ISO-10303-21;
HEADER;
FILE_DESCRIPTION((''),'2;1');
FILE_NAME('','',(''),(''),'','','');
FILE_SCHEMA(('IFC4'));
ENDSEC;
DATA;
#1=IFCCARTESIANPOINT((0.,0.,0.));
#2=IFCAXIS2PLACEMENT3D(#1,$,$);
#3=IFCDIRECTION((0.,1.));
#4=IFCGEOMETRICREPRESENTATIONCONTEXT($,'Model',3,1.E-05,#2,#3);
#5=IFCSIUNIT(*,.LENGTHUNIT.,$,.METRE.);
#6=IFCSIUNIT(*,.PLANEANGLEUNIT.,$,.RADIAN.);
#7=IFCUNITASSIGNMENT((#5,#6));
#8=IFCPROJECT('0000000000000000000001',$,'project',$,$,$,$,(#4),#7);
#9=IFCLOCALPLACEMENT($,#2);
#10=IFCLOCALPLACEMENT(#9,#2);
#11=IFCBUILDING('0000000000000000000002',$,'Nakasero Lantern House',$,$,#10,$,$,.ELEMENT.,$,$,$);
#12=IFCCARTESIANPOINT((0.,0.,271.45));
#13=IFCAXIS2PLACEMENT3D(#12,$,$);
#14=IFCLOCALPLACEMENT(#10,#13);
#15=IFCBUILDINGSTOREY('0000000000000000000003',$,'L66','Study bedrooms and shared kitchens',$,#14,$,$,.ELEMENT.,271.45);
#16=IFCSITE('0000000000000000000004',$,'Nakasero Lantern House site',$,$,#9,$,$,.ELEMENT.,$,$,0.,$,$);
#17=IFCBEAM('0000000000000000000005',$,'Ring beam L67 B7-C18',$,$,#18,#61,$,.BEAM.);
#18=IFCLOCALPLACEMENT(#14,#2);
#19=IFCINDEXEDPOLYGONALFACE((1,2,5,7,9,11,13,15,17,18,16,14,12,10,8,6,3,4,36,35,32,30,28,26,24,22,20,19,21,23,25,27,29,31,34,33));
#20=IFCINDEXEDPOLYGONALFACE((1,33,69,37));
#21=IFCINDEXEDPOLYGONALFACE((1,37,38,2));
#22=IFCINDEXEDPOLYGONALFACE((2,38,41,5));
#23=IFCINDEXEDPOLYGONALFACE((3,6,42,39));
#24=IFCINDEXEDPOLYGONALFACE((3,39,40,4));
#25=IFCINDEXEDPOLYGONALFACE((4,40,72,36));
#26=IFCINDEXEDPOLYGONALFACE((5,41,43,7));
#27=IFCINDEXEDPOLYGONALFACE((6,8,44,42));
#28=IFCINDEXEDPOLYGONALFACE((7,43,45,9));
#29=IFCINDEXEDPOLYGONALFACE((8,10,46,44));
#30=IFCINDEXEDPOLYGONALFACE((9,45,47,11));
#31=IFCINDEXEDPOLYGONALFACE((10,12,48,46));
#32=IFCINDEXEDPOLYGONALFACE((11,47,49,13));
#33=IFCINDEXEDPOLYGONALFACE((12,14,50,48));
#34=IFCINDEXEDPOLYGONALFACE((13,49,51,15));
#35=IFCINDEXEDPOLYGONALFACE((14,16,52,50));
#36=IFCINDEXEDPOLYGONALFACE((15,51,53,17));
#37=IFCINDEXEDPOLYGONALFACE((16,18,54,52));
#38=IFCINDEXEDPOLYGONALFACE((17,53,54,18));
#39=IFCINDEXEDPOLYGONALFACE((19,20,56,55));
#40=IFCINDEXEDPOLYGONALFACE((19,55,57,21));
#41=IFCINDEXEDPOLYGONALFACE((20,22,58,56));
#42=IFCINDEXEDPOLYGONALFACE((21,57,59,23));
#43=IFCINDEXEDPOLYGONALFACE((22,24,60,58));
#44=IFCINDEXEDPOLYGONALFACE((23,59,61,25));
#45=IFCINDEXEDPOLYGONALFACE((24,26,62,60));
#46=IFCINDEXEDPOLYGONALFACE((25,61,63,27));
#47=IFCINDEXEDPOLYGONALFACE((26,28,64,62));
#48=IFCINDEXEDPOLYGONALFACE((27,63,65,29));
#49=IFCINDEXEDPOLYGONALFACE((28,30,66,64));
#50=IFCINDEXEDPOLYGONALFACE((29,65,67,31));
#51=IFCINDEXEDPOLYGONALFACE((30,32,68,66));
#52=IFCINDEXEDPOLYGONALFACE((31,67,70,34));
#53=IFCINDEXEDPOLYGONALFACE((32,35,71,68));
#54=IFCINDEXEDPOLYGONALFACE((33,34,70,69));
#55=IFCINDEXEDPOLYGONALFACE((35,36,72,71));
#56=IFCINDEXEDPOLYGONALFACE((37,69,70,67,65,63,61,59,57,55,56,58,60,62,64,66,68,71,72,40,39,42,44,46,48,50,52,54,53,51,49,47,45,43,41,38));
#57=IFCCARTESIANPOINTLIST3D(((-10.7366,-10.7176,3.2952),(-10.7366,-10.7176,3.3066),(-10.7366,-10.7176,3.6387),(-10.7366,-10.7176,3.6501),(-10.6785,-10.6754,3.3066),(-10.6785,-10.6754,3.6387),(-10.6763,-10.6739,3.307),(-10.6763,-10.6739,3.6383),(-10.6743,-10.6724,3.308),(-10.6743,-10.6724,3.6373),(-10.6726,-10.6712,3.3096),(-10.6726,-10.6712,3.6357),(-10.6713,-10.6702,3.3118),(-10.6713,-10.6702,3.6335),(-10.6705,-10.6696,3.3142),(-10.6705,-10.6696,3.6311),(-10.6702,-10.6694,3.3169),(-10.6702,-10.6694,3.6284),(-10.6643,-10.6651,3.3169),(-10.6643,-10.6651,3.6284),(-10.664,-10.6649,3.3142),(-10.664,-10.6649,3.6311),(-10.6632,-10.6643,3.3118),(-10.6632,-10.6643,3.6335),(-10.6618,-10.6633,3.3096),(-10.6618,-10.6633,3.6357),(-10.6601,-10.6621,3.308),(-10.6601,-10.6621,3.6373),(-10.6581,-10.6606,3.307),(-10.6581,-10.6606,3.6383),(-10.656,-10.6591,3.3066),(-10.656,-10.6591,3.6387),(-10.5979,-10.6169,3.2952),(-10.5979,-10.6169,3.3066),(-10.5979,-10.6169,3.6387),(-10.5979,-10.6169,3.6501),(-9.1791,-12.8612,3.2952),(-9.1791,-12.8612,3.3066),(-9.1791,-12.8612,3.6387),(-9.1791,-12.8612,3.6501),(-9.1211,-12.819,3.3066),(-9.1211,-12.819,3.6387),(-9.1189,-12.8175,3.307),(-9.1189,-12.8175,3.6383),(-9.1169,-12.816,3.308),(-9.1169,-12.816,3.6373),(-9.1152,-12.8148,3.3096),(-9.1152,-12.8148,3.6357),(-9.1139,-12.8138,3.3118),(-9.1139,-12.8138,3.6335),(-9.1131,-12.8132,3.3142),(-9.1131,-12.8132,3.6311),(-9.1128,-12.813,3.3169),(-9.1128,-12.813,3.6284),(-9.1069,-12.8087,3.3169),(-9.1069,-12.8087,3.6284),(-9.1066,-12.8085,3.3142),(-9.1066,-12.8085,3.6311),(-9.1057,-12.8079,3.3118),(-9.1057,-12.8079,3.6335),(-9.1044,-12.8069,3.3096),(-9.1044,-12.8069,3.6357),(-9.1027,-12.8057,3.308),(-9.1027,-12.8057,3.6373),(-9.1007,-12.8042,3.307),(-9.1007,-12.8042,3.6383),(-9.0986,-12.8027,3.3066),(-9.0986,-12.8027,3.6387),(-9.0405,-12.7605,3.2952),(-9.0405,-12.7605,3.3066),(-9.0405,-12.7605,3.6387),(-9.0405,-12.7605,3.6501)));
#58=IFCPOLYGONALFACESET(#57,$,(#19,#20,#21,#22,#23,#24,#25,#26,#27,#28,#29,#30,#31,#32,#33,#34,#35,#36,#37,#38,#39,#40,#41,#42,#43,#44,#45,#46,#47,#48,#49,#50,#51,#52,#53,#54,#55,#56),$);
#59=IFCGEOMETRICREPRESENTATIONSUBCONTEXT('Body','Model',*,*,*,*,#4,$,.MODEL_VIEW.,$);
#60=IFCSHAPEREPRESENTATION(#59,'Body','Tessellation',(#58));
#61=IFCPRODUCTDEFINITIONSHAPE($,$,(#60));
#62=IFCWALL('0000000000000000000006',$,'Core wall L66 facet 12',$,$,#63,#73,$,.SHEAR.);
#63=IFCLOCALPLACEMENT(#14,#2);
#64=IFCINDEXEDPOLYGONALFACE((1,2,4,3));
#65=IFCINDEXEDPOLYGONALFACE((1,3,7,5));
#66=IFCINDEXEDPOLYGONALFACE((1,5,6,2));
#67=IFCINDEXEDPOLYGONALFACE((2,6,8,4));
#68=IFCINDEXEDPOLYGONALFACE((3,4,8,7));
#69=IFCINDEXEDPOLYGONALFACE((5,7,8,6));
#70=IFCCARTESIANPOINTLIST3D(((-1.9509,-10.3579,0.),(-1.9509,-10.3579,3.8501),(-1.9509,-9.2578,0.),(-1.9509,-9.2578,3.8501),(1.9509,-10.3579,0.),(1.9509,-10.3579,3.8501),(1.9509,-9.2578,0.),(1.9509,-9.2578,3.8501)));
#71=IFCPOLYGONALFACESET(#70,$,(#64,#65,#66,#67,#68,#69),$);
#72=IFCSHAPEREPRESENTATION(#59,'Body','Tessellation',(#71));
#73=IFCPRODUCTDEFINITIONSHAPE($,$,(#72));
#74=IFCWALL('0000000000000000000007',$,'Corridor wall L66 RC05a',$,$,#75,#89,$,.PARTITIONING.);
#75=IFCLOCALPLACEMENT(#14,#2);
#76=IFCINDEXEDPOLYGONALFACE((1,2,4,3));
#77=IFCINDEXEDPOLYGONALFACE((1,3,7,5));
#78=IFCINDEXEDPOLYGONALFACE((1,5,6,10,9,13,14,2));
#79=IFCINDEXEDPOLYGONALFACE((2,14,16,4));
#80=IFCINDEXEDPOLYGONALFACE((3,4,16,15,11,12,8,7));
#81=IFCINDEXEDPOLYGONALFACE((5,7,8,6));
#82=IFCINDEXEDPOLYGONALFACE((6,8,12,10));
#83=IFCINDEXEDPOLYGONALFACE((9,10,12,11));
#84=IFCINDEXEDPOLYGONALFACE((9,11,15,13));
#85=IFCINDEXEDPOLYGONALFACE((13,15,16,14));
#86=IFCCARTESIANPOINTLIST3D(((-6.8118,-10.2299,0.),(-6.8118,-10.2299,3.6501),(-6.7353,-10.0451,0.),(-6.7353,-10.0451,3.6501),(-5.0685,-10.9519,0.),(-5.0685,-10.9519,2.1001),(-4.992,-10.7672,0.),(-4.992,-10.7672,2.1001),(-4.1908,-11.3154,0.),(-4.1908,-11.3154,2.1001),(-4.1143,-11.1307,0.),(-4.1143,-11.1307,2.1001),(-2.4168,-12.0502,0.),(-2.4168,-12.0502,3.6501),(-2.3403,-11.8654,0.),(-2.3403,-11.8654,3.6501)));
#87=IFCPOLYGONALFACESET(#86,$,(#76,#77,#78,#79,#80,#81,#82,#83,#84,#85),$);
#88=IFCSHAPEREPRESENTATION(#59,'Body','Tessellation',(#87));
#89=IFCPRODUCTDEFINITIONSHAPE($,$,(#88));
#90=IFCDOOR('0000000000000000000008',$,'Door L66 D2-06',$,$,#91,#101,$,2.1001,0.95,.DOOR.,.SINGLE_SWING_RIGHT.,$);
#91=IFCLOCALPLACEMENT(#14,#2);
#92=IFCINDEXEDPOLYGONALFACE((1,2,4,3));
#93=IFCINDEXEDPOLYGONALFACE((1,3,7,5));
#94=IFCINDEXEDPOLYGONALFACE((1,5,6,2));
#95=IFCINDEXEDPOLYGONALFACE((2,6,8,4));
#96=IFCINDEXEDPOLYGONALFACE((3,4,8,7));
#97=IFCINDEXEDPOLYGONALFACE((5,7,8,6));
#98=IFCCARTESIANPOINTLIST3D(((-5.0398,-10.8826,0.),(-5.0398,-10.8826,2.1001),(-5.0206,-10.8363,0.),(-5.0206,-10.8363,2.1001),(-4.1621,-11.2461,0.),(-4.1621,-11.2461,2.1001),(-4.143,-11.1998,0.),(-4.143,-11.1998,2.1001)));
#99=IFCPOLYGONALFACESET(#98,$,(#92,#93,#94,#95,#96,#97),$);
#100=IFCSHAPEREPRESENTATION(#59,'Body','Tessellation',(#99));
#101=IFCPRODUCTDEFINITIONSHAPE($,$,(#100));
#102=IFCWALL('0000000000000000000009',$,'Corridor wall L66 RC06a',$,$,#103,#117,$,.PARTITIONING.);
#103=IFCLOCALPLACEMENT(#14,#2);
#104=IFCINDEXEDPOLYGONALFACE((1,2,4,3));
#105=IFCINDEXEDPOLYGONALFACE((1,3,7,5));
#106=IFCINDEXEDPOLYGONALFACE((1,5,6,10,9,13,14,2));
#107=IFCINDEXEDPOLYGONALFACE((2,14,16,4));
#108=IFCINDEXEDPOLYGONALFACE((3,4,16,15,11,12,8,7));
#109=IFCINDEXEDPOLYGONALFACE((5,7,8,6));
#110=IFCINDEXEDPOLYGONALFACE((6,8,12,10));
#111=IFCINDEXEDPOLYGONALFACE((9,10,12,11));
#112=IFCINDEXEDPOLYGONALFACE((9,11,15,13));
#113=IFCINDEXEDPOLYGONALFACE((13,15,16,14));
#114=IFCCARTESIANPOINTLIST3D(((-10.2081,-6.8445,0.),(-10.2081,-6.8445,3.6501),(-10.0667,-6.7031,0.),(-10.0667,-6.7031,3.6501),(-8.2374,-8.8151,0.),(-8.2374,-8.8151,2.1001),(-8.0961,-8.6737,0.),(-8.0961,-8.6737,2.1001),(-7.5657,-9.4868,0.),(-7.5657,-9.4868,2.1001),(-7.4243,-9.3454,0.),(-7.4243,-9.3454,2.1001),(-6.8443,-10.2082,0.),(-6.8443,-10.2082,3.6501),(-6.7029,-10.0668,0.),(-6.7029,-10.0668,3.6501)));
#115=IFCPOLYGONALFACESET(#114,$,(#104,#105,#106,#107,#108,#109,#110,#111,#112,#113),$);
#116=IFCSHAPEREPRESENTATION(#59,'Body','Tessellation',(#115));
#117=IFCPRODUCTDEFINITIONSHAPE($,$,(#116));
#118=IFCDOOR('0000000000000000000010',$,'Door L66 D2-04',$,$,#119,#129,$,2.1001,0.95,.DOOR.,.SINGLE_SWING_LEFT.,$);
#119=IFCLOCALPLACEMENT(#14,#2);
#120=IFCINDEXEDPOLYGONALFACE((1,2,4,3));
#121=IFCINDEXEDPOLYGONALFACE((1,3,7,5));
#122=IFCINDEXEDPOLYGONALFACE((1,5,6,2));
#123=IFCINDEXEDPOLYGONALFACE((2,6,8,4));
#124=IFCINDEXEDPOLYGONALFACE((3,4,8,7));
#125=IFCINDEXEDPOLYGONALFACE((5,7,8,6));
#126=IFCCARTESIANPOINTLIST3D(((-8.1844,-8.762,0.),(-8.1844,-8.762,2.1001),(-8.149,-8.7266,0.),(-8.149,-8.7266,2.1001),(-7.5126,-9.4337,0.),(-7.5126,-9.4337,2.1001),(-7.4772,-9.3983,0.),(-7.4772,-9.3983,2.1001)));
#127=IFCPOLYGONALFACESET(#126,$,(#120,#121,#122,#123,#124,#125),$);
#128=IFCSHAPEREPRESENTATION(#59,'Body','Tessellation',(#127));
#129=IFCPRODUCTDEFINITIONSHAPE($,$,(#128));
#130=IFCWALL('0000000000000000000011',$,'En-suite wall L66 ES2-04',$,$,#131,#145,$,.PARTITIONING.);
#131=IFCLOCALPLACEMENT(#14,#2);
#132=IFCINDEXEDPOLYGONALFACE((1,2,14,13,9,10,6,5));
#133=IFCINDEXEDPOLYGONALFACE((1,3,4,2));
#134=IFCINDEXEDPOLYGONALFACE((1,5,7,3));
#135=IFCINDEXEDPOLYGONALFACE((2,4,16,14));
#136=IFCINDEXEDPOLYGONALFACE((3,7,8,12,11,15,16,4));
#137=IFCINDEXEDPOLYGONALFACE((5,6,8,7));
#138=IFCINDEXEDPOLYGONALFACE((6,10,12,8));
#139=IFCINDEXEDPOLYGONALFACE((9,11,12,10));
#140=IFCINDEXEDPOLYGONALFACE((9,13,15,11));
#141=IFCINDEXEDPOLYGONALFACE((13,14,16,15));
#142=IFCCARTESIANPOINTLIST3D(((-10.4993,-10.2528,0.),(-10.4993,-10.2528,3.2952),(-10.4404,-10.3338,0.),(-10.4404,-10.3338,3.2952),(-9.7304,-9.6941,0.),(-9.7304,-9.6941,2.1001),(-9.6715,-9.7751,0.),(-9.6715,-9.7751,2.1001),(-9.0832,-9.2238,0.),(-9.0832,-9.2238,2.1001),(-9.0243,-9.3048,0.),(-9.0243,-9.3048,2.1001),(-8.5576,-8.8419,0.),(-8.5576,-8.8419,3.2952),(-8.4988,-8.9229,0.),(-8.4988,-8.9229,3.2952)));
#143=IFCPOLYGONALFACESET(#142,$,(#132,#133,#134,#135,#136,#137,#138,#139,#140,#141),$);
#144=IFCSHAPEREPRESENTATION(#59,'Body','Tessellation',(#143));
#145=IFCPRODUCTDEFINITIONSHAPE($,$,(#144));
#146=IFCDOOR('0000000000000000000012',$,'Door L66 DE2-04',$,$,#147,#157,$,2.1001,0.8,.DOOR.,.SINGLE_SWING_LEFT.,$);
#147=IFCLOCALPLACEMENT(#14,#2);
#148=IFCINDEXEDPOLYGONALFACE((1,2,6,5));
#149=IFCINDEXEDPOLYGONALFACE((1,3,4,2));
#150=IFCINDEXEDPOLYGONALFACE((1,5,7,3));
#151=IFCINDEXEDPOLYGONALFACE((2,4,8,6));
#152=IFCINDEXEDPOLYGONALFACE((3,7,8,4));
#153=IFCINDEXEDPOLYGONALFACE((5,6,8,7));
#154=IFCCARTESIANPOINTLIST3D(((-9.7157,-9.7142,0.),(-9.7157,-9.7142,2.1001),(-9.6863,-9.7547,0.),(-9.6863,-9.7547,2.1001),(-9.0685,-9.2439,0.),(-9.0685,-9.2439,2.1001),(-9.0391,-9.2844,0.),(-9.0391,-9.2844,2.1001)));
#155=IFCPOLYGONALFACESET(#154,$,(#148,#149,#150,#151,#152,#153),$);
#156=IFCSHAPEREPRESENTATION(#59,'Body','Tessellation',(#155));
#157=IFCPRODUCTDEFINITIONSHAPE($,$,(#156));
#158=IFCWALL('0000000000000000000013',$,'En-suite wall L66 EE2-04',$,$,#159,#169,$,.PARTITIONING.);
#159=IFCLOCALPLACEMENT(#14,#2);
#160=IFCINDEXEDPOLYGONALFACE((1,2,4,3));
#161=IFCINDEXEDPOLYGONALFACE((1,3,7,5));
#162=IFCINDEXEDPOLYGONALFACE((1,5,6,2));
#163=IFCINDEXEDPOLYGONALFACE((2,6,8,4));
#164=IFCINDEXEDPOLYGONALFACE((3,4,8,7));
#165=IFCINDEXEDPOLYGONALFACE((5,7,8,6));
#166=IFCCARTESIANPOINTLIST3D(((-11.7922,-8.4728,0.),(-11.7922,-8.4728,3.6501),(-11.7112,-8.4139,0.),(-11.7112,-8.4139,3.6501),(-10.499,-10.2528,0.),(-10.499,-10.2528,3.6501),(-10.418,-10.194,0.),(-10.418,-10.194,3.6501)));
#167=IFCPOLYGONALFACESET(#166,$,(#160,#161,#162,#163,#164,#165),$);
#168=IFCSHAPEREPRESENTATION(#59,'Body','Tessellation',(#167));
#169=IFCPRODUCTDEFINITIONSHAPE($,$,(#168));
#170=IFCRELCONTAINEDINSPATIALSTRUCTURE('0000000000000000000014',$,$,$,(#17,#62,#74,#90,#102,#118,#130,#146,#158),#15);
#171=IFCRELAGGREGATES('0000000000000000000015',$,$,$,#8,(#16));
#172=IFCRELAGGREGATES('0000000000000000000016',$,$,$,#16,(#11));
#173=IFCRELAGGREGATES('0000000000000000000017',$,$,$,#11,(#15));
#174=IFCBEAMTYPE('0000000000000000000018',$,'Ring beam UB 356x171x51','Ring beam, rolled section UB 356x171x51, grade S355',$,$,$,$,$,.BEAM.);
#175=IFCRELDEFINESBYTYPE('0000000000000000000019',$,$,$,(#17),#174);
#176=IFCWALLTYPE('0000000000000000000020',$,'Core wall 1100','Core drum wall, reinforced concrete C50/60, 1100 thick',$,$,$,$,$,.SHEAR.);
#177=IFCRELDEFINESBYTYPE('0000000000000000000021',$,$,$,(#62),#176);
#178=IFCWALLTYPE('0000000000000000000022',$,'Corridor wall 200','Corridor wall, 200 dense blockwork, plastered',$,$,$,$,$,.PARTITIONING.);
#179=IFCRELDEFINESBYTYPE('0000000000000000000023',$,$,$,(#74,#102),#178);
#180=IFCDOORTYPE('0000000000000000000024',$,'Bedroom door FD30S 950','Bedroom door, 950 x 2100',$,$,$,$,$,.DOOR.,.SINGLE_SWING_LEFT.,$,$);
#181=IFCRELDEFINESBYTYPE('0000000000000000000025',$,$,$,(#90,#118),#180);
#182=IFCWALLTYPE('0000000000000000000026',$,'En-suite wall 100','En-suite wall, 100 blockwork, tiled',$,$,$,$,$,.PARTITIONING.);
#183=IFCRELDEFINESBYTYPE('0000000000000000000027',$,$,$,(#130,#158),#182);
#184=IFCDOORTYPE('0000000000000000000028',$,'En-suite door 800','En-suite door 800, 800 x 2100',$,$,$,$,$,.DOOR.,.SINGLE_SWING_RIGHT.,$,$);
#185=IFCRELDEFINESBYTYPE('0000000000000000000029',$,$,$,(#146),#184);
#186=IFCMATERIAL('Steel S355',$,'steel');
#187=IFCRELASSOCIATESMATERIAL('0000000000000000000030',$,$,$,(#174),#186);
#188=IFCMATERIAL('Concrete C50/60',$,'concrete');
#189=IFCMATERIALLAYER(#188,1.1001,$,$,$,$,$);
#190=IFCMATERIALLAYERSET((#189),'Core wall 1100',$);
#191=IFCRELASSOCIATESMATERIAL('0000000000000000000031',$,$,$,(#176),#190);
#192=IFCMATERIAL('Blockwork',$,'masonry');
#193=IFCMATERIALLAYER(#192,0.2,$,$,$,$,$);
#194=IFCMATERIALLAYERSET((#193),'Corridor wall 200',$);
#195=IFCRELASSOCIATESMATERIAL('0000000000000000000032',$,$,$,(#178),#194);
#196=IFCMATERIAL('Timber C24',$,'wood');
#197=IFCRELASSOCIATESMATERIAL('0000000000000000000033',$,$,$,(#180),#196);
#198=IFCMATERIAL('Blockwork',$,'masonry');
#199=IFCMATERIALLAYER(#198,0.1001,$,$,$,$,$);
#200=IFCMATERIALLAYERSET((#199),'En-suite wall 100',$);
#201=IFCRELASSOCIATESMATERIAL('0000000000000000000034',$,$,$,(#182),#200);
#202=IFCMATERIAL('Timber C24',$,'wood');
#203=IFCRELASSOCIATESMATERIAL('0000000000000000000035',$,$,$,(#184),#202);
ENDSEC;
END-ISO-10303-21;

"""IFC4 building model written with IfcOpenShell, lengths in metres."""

from ifc_helpers import new_model, si_unit, direction, frame, frame_2d, origin, origin_2d, place, context, subcontext, project, spatial, rectangle, i_section, extrude, material, layer, layer_set, material_profile, profile_set, type_object, element, fill, save


model = new_model("IFC4")

# Units and contexts
model_context = context("Model", 3, precision=1e-05, world=origin(), true_north=direction((0.0, 1.0)))
body_context = subcontext(model_context, "Body", "Model", "MODEL_VIEW")
ifc_project = project(units=[si_unit("LENGTHUNIT", "METRE"), si_unit("PLANEANGLEUNIT", "RADIAN")], contexts=[model_context])

# Site, building, storey
site_placement = place(None, origin())
site = spatial("IfcSite", under=ifc_project, at=site_placement, Name="Nakasero Lantern House site", CompositionType="ELEMENT", RefElevation=0.0)
building_placement = place(site_placement, origin())
building = spatial("IfcBuilding", under=site, at=building_placement, Name="Nakasero Lantern House", CompositionType="ELEMENT")
storey_placement = place(building_placement, frame((0.0, 0.0, 271.45)))
storey = spatial("IfcBuildingStorey", under=building, at=storey_placement, Name="L66", Description="Study bedrooms and shared kitchens", CompositionType="ELEMENT", Elevation=271.45)

# Beam
ifc_material_1 = material(Name="Steel S355", Category="steel")
ifc_material_profile_1 = material_profile(ifc_material_1, i_section(OverallWidth=0.1714, OverallDepth=0.355, WebThickness=0.0073, FlangeThickness=0.0115, FilletRadius=0.0103, at=origin_2d()), Name="UB 356x171x51")
ifc_profile_set_1 = profile_set([ifc_material_profile_1], Name="Steel S355")
beam_type_1 = type_object("IfcBeamType", Name="Ring beam UB 356x171x51", Description="Ring beam, rolled section UB 356x171x51, grade S355", PredefinedType="BEAM", material=ifc_profile_set_1)
beam_1_placement = place(storey_placement, frame((-10.6672, -10.6672, 3.4727), z_axis=(0.587783, -0.809019, 0.0), x_axis=(0.809019, 0.587783, 0.0)))
element("IfcBeam", 1, at=beam_1_placement, inside=storey, type_object=beam_type_1, Name="Ring beam L67 B7-C18", PredefinedType="BEAM", context=body_context, shape_type="SweptSolid", body=[
    extrude(i_section(OverallWidth=0.1714, OverallDepth=0.355, WebThickness=0.0073, FlangeThickness=0.0115, FilletRadius=0.0103, at=origin_2d()), origin(), (0.0, 0.0, 1.0), 2.6497),
])

# Wall
ifc_material_2 = material(Name="Concrete C50/60", Category="concrete")
ifc_layer_1 = layer(ifc_material_2, 1.1001)
ifc_layer_set_1 = layer_set([ifc_layer_1], Name="Core wall 1100")
wall_type_1 = type_object("IfcWallType", Name="Core wall 1100", Description="Core drum wall, reinforced concrete C50/60, 1100 thick", PredefinedType="SHEAR", material=ifc_layer_set_1)
wall_1_placement = place(storey_placement, frame((-1.9509, -9.8079, 0.0), z_axis=(0.0, 0.0, 1.0), x_axis=(1.0, 0.0, 0.0)))
element("IfcWall", 2, at=wall_1_placement, inside=storey, type_object=wall_type_1, Name="Core wall L66 facet 12", PredefinedType="SHEAR", context=body_context, shape_type="SweptSolid", body=[
    extrude(rectangle(XDim=3.9019, YDim=1.1001, at=frame_2d((1.9509, 0.0))), origin(), (0.0, 0.0, 1.0), 3.8501),
])

# Walls, openings, doors
ifc_material_3 = material(Name="Blockwork", Category="masonry")
ifc_layer_2 = layer(ifc_material_3, 0.2)
ifc_layer_set_2 = layer_set([ifc_layer_2], Name="Corridor wall 200")
wall_type_2 = type_object("IfcWallType", Name="Corridor wall 200", Description="Corridor wall, 200 dense blockwork, plastered", PredefinedType="PARTITIONING", material=ifc_layer_set_2)
wall_2_placement = place(storey_placement, frame((-2.3787, -11.9578, 0.0), z_axis=(0.0, 0.0, 1.0), x_axis=(-0.923892, 0.382654, 0.0)))
wall_2 = element("IfcWall", 3, at=wall_2_placement, inside=storey, type_object=wall_type_2, Name="Corridor wall L66 RC05a", PredefinedType="PARTITIONING", context=body_context, shape_type="SweptSolid", body=[
    extrude(rectangle(XDim=4.7571, YDim=0.2, at=frame_2d((2.3784, 0.0))), origin(), (0.0, 0.0, 1.0), 3.6501),
])
opening_1_placement = place(wall_2_placement, frame((1.9199, 0.0, 0.0)))
opening_1 = element("IfcOpeningElement", 4, at=opening_1_placement, cuts=wall_2, PredefinedType="OPENING", context=body_context, shape_type="SweptSolid", body=[
    extrude(rectangle(XDim=0.95, YDim=2.1001, at=frame_2d((0.4751, 1.05))), frame((0.0, 0.1199, 0.0), z_axis=(0.0, -1.0, 0.0), x_axis=(1.0, 0.0, 0.0)), (0.0, 0.0, 1.0), 0.24),
])
ifc_material_4 = material(Name="Timber C24", Category="wood")
door_type_1 = type_object("IfcDoorType", Name="Bedroom door FD30S 950", Description="Bedroom door, 950 x 2100", OperationType="SINGLE_SWING_LEFT", PredefinedType="DOOR", material=ifc_material_4)
door_1_placement = place(opening_1_placement, origin())
door_1 = element("IfcDoor", 5, at=door_1_placement, inside=storey, type_object=door_type_1, Name="Door L66 D2-06", OperationType="SINGLE_SWING_RIGHT", OverallHeight=2.1001, OverallWidth=0.95, PredefinedType="DOOR", context=body_context, shape_type="SweptSolid", body=[
    extrude(rectangle(XDim=0.95, YDim=2.1001, at=frame_2d((0.4751, 1.05))), frame((0.0, 0.0249, 0.0), z_axis=(0.0, -1.0, 0.0), x_axis=(1.0, 0.0, 0.0)), (0.0, 0.0, 1.0), 0.05),
])
fill(opening_1, door_1)
wall_3_placement = place(storey_placement, frame((-6.7737, -10.1375, 0.0), z_axis=(0.0, 0.0, 1.0), x_axis=(-0.707107, 0.707107, 0.0)))
wall_3 = element("IfcWall", 6, at=wall_3_placement, inside=storey, type_object=wall_type_2, Name="Corridor wall L66 RC06a", PredefinedType="PARTITIONING", context=body_context, shape_type="SweptSolid", body=[
    extrude(rectangle(XDim=4.7571, YDim=0.2, at=frame_2d((2.3784, 0.0))), origin(), (0.0, 0.0, 1.0), 3.6501),
])
opening_2_placement = place(wall_3_placement, frame((1.02, 0.0, 0.0)))
opening_2 = element("IfcOpeningElement", 7, at=opening_2_placement, cuts=wall_3, PredefinedType="OPENING", context=body_context, shape_type="SweptSolid", body=[
    extrude(rectangle(XDim=0.95, YDim=2.1001, at=frame_2d((0.4751, 1.05))), frame((0.0, 0.1199, 0.0), z_axis=(0.0, -1.0, 0.0), x_axis=(1.0, 0.0, 0.0)), (0.0, 0.0, 1.0), 0.24),
])
door_2_placement = place(opening_2_placement, origin())
door_2 = element("IfcDoor", 8, at=door_2_placement, inside=storey, type_object=door_type_1, Name="Door L66 D2-04", OperationType="SINGLE_SWING_LEFT", OverallHeight=2.1001, OverallWidth=0.95, PredefinedType="DOOR", context=body_context, shape_type="SweptSolid", body=[
    extrude(rectangle(XDim=0.95, YDim=2.1001, at=frame_2d((0.4751, 1.05))), frame((0.0, 0.0249, 0.0), z_axis=(0.0, -1.0, 0.0), x_axis=(1.0, 0.0, 0.0)), (0.0, 0.0, 1.0), 0.05),
])
fill(opening_2, door_2)
ifc_material_5 = material(Name="Blockwork", Category="masonry")
ifc_layer_3 = layer(ifc_material_5, 0.1001)
ifc_layer_set_3 = layer_set([ifc_layer_3], Name="En-suite wall 100")
wall_type_3 = type_object("IfcWallType", Name="En-suite wall 100", Description="En-suite wall, 100 blockwork, tiled", PredefinedType="PARTITIONING", material=ifc_layer_set_3)
wall_4_placement = place(storey_placement, frame((-8.5281, -8.8823, 0.0), z_axis=(0.0, 0.0, 1.0), x_axis=(-0.808978, -0.587839, 0.0)))
wall_4 = element("IfcWall", 9, at=wall_4_placement, inside=storey, type_object=wall_type_3, Name="En-suite wall L66 ES2-04", PredefinedType="PARTITIONING", context=body_context, shape_type="SweptSolid", body=[
    extrude(rectangle(XDim=2.4001, YDim=0.1001, at=frame_2d((1.2002, 0.0))), origin(), (0.0, 0.0, 1.0), 3.2952),
])
opening_3_placement = place(wall_4_placement, frame((0.6499, 0.0, 0.0)))
opening_3 = element("IfcOpeningElement", 10, at=opening_3_placement, cuts=wall_4, PredefinedType="OPENING", context=body_context, shape_type="SweptSolid", body=[
    extrude(rectangle(XDim=0.8, YDim=2.1001, at=frame_2d((0.3999, 1.05))), frame((0.0, 0.0701, 0.0), z_axis=(0.0, -1.0, 0.0), x_axis=(1.0, 0.0, 0.0)), (0.0, 0.0, 1.0), 0.1401),
])
ifc_material_6 = material(Name="Timber C24", Category="wood")
door_type_2 = type_object("IfcDoorType", Name="En-suite door 800", Description="En-suite door 800, 800 x 2100", OperationType="SINGLE_SWING_RIGHT", PredefinedType="DOOR", material=ifc_material_6)
door_3_placement = place(opening_3_placement, origin())
door_3 = element("IfcDoor", 11, at=door_3_placement, inside=storey, type_object=door_type_2, Name="Door L66 DE2-04", OperationType="SINGLE_SWING_LEFT", OverallHeight=2.1001, OverallWidth=0.8, PredefinedType="DOOR", context=body_context, shape_type="SweptSolid", body=[
    extrude(rectangle(XDim=0.8, YDim=2.1001, at=frame_2d((0.3999, 1.05))), frame((0.0, 0.0249, 0.0), z_axis=(0.0, -1.0, 0.0), x_axis=(1.0, 0.0, 0.0)), (0.0, 0.0, 1.0), 0.05),
])
fill(opening_3, door_3)

# Wall
wall_5_placement = place(storey_placement, frame((-11.7517, -8.4434, 0.0), z_axis=(0.0, 0.0, 1.0), x_axis=(0.587769, -0.809029, 0.0)))
element("IfcWall", 12, at=wall_5_placement, inside=storey, type_object=wall_type_3, Name="En-suite wall L66 EE2-04", PredefinedType="PARTITIONING", context=body_context, shape_type="SweptSolid", body=[
    extrude(rectangle(XDim=2.2002, YDim=0.1001, at=frame_2d((1.1001, 0.0))), origin(), (0.0, 0.0, 1.0), 3.6501),
])

save(model, "model.ifc")
